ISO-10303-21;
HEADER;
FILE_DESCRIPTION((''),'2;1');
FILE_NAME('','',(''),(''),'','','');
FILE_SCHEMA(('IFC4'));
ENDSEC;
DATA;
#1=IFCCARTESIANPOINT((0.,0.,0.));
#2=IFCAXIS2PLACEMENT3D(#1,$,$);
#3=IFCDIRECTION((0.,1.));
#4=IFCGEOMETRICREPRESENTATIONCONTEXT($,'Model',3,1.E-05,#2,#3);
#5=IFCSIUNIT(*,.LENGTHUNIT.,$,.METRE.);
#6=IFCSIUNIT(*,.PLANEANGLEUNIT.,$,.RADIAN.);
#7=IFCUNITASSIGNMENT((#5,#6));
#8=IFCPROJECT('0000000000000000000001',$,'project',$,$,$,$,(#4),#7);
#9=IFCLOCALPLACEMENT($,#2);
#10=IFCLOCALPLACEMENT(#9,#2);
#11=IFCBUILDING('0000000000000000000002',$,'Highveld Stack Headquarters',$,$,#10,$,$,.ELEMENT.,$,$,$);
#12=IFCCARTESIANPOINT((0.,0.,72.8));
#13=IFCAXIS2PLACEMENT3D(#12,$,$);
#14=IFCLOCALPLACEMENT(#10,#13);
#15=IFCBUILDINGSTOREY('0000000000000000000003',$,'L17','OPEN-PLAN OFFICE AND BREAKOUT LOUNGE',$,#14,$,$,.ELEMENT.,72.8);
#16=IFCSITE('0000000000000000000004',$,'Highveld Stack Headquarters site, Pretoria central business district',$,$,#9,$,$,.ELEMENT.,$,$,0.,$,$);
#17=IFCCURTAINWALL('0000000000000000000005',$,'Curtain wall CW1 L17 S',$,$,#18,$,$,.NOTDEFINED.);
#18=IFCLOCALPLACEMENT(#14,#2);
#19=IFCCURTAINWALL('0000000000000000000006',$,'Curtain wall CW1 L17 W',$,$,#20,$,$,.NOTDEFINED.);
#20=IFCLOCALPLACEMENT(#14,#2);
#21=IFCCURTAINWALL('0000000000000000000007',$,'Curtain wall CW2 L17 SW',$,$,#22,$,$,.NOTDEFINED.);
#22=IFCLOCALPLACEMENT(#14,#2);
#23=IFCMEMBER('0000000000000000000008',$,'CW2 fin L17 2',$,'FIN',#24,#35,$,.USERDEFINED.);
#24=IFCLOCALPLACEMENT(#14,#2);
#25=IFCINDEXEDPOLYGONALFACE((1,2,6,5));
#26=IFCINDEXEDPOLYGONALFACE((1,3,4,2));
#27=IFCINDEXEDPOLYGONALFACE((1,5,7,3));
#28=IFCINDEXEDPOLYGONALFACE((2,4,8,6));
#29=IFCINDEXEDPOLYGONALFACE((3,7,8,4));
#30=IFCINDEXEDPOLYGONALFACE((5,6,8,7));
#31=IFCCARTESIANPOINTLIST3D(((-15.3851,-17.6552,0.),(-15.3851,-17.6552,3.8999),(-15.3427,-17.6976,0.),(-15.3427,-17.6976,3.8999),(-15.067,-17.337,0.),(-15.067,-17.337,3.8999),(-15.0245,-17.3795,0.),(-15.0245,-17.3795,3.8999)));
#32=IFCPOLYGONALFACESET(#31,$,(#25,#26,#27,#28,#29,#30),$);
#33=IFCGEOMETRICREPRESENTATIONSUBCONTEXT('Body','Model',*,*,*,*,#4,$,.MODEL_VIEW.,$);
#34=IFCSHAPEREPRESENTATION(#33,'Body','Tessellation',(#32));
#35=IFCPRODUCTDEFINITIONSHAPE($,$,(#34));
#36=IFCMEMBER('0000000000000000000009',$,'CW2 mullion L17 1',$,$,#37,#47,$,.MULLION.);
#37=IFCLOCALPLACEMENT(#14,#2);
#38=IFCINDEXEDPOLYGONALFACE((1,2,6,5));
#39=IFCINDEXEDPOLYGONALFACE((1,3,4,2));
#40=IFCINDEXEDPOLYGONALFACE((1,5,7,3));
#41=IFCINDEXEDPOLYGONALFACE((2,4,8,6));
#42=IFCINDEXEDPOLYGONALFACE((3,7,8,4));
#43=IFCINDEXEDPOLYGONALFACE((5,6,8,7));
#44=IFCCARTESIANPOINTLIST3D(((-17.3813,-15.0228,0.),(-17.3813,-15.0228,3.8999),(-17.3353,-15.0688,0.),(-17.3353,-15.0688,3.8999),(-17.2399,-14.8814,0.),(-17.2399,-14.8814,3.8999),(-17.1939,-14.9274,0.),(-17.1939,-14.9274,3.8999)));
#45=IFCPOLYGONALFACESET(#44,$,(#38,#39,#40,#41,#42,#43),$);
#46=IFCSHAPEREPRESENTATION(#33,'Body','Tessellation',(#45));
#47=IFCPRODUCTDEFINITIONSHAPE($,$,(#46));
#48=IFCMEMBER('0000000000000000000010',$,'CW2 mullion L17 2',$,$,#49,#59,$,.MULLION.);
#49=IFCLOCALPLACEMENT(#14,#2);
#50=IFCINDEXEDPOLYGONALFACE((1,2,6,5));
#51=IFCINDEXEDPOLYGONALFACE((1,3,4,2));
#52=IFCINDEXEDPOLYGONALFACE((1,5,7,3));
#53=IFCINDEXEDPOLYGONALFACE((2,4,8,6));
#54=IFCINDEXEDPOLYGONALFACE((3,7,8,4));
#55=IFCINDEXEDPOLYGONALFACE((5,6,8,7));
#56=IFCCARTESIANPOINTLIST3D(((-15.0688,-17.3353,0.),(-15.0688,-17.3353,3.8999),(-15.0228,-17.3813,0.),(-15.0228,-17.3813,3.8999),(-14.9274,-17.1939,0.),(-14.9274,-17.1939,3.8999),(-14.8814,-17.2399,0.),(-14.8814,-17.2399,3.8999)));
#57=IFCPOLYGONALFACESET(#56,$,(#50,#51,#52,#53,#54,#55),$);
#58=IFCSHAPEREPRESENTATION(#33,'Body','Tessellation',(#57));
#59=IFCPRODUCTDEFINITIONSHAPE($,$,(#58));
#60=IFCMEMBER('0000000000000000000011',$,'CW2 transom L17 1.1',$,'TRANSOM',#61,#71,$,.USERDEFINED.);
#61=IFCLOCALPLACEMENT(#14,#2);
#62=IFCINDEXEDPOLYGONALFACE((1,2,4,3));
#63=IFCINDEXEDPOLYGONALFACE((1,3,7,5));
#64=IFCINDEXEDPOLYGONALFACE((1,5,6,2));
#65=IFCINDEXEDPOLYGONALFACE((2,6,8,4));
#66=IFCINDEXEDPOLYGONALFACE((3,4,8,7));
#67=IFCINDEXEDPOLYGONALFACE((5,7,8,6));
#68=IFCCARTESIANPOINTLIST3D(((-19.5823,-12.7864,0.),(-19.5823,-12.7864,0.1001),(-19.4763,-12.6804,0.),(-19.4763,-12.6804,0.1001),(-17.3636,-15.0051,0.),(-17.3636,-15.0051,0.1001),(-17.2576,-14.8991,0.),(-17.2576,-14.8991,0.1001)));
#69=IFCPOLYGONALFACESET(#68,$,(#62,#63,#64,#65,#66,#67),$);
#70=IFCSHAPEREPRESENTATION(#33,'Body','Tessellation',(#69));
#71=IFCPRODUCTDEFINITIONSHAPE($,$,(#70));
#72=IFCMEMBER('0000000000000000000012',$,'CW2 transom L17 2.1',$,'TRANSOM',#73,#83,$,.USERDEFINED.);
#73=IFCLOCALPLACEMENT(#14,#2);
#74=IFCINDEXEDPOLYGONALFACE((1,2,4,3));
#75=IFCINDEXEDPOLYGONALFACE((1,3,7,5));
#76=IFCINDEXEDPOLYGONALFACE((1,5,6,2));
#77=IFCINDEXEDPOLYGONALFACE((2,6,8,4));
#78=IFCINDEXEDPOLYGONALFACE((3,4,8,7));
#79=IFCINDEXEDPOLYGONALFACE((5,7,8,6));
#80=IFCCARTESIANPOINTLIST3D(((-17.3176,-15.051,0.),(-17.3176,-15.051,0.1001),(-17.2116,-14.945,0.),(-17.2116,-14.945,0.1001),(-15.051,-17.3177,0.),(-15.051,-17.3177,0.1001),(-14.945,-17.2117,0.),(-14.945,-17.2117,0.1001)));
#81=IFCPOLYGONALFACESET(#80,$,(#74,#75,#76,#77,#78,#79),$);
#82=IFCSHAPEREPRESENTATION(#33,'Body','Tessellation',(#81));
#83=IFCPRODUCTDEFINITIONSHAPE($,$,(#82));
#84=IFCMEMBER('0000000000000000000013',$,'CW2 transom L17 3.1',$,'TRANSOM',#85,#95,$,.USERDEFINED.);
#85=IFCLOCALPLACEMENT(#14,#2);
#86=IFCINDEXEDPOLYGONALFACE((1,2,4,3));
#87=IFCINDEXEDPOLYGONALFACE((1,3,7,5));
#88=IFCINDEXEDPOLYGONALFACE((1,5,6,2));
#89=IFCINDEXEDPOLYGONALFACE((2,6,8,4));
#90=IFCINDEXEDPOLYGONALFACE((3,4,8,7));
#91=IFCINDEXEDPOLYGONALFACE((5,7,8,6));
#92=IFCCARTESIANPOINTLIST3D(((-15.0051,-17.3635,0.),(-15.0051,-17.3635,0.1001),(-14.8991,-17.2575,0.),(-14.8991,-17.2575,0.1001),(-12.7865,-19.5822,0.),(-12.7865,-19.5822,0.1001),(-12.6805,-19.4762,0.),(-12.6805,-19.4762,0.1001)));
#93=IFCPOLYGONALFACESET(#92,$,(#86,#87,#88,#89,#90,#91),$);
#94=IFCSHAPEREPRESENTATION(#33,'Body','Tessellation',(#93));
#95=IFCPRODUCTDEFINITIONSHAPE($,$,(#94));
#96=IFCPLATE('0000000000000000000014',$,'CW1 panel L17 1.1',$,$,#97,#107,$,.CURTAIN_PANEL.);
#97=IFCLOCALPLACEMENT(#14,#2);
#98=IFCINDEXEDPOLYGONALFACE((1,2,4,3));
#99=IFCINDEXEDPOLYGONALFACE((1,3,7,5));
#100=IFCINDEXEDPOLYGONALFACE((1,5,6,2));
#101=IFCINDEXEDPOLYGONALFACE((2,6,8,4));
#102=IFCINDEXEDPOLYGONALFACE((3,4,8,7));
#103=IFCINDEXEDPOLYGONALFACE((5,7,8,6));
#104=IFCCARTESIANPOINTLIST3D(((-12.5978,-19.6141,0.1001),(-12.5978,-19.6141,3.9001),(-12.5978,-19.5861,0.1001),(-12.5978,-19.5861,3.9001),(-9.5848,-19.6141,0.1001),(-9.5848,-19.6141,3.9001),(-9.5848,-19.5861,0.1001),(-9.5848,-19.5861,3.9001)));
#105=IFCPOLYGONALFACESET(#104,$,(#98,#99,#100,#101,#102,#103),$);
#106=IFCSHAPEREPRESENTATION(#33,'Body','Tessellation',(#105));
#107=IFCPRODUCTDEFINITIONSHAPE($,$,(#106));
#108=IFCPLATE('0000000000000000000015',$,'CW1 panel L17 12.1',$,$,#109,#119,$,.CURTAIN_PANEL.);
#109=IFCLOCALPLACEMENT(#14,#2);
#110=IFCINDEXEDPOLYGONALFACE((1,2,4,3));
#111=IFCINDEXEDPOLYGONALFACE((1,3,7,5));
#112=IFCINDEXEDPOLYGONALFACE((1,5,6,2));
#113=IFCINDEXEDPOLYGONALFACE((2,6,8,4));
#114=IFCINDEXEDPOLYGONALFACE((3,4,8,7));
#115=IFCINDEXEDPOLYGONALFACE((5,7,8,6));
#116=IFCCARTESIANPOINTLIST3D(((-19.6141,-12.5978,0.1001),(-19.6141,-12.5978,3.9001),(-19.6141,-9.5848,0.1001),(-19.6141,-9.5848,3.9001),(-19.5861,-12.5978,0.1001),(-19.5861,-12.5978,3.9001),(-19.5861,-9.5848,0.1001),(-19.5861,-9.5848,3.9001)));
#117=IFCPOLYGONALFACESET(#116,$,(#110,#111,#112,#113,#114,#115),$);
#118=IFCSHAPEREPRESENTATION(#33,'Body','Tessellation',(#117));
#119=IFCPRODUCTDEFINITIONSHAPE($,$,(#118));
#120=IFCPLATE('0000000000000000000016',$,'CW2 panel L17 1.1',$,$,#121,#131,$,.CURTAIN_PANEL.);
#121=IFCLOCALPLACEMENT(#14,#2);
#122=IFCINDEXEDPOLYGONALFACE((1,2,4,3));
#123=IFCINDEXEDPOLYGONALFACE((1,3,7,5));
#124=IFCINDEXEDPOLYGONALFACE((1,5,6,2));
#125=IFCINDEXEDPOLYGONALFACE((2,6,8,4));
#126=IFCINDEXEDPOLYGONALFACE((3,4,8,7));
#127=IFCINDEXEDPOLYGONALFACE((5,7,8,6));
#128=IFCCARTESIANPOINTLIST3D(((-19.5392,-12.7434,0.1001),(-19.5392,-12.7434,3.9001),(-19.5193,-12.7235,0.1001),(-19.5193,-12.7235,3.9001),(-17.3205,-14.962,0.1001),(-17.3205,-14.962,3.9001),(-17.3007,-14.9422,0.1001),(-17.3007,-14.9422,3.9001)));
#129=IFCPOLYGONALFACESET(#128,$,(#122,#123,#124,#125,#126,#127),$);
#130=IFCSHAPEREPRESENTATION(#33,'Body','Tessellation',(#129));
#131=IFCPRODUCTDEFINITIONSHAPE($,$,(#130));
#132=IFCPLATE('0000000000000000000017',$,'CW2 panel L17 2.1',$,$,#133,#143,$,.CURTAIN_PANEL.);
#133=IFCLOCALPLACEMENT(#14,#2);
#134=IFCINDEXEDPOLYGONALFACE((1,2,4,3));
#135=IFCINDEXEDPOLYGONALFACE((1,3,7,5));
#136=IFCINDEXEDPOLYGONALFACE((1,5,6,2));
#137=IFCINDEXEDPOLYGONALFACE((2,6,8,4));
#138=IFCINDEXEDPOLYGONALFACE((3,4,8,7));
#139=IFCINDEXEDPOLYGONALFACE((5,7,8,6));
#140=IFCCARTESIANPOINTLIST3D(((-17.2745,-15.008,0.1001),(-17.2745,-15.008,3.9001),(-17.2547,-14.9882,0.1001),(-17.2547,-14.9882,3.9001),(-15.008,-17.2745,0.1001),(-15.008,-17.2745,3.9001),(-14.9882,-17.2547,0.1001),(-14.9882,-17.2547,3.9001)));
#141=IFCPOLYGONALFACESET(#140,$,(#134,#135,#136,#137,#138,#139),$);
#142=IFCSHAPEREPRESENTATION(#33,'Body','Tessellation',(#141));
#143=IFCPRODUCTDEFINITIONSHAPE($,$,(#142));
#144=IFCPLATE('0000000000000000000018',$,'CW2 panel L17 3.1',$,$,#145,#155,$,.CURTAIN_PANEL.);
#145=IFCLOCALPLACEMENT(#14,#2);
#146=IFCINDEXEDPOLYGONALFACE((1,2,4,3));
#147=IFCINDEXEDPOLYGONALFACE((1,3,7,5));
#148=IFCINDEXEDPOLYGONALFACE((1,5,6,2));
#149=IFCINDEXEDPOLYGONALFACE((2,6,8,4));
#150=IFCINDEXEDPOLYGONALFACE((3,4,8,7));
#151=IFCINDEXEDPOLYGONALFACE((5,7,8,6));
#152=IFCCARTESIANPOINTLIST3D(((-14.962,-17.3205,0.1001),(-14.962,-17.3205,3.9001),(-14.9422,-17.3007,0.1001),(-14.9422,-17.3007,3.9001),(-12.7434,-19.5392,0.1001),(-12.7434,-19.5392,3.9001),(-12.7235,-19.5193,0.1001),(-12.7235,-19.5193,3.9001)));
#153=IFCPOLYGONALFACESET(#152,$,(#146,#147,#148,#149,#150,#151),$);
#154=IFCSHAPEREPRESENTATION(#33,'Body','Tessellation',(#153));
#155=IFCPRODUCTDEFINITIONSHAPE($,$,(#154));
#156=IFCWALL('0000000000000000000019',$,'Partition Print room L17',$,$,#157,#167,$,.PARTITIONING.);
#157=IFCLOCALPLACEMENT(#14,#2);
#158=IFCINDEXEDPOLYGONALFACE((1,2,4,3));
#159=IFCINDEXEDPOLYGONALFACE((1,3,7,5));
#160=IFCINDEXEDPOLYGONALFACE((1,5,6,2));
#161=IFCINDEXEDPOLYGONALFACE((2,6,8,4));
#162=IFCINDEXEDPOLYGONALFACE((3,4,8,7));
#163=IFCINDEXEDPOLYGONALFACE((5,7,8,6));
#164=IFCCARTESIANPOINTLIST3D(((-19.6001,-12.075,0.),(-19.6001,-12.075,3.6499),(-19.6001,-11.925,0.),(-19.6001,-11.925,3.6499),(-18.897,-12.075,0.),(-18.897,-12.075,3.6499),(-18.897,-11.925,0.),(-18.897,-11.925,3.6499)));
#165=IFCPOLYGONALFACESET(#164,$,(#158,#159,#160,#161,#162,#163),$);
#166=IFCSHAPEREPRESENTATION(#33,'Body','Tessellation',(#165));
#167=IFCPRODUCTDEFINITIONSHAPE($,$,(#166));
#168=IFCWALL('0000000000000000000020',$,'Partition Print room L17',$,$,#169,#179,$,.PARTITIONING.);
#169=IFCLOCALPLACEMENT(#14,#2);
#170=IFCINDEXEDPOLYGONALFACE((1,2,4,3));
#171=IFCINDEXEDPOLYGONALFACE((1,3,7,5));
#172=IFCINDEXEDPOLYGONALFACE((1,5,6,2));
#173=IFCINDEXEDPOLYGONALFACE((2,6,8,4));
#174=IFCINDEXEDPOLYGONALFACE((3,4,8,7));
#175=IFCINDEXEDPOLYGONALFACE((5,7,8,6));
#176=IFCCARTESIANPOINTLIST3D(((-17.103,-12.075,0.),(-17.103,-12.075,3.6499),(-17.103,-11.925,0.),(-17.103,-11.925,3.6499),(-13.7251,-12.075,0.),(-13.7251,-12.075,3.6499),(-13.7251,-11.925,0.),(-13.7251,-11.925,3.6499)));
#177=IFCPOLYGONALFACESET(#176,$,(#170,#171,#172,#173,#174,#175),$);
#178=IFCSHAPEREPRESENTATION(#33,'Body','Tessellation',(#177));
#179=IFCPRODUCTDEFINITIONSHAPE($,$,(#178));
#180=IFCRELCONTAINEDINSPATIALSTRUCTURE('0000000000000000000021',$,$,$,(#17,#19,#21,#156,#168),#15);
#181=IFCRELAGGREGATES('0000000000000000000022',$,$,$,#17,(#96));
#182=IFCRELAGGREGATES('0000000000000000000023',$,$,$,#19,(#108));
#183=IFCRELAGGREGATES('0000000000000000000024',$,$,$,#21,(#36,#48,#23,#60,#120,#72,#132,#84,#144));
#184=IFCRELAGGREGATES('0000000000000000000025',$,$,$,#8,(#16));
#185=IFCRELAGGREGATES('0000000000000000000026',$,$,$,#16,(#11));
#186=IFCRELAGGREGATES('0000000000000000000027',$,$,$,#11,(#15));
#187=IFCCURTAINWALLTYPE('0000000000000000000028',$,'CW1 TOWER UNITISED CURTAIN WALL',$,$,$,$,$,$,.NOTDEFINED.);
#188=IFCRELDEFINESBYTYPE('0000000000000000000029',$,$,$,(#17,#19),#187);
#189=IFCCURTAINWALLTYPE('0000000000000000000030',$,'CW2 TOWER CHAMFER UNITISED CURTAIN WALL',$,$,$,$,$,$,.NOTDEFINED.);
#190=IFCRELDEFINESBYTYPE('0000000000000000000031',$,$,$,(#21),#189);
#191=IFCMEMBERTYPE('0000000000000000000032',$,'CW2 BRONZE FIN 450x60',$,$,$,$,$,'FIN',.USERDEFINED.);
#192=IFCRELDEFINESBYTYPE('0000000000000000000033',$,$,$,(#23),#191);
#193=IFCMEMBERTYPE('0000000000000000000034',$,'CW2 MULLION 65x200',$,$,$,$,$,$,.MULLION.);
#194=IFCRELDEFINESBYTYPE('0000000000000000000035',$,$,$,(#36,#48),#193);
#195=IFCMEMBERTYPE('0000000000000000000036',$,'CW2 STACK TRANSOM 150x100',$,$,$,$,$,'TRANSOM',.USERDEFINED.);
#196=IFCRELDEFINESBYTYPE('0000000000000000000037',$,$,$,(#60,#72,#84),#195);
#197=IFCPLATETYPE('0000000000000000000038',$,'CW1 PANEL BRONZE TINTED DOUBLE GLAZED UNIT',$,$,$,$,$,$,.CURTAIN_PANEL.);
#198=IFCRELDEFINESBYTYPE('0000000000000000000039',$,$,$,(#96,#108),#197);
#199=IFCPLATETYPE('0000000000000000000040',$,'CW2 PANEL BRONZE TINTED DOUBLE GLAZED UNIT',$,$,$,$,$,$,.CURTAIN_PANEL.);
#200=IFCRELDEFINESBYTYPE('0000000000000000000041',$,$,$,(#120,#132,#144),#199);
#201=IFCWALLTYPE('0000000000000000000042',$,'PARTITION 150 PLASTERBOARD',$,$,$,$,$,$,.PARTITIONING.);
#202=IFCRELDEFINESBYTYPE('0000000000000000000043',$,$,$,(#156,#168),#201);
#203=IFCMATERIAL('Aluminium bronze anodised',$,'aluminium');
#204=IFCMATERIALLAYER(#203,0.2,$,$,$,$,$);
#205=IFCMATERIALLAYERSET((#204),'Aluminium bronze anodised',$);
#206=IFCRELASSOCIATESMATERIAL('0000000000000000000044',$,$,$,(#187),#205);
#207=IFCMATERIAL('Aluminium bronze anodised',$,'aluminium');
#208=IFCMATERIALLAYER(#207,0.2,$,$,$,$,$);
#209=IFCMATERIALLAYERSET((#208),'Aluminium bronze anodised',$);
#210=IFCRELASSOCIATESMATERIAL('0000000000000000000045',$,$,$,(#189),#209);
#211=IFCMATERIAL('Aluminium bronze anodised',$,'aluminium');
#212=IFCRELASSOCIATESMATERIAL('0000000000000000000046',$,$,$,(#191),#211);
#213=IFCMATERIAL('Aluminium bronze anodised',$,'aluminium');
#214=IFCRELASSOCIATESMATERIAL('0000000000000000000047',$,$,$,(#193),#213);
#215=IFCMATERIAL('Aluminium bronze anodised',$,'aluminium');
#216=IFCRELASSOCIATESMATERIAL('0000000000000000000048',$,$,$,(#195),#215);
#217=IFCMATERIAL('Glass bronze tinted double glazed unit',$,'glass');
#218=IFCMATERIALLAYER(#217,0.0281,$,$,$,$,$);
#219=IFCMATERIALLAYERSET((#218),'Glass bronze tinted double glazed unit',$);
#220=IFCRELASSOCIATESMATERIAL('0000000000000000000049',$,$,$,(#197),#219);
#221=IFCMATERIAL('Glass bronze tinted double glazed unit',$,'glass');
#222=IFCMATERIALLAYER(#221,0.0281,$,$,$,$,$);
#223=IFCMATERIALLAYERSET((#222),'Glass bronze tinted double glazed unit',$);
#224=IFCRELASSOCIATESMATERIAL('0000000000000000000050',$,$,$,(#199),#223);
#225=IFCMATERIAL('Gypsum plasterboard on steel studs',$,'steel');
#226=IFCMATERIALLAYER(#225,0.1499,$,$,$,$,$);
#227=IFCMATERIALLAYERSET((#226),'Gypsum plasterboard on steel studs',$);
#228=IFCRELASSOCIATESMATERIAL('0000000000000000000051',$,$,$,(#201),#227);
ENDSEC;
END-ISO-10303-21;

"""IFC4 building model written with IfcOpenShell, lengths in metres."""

from ifc_helpers import new_model, si_unit, direction, frame, frame_2d, origin, origin_2d, place, context, subcontext, project, spatial, rectangle, extrude, material, layer, layer_set, material_profile, profile_set, type_object, element, aggregate, save


model = new_model("IFC4")

# Units and contexts
model_context = context("Model", 3, precision=1e-05, world=origin(), true_north=direction((0.0, 1.0)))
body_context = subcontext(model_context, "Body", "Model", "MODEL_VIEW")
ifc_project = project(units=[si_unit("LENGTHUNIT", "METRE"), si_unit("PLANEANGLEUNIT", "RADIAN")], contexts=[model_context])

# Site, building, storey
site_placement = place(None, origin())
site = spatial("IfcSite", under=ifc_project, at=site_placement, Name="Highveld Stack Headquarters site, Pretoria central business district", CompositionType="ELEMENT", RefElevation=0.0)
building_placement = place(site_placement, origin())
building = spatial("IfcBuilding", under=site, at=building_placement, Name="Highveld Stack Headquarters", CompositionType="ELEMENT")
storey_placement = place(building_placement, frame((0.0, 0.0, 72.8)))
storey = spatial("IfcBuildingStorey", under=building, at=storey_placement, Name="L17", Description="OPEN-PLAN OFFICE AND BREAKOUT LOUNGE", CompositionType="ELEMENT", Elevation=72.8)

# Curtain walls
ifc_material_1 = material(Name="Aluminium bronze anodised", Category="aluminium")
ifc_layer_1 = layer(ifc_material_1, 0.2)
ifc_layer_set_1 = layer_set([ifc_layer_1], Name="Aluminium bronze anodised")
curtain_wall_type_1 = type_object("IfcCurtainWallType", Name="CW1 TOWER UNITISED CURTAIN WALL", PredefinedType="NOTDEFINED", material=ifc_layer_set_1)
curtain_wall_1_placement = place(storey_placement, origin())
curtain_wall_1 = element("IfcCurtainWall", 1, at=curtain_wall_1_placement, inside=storey, type_object=curtain_wall_type_1, Name="Curtain wall CW1 L17 S", PredefinedType="NOTDEFINED")
curtain_wall_2_placement = place(storey_placement, origin())
curtain_wall_2 = element("IfcCurtainWall", 2, at=curtain_wall_2_placement, inside=storey, type_object=curtain_wall_type_1, Name="Curtain wall CW1 L17 W", PredefinedType="NOTDEFINED")

# Curtain wall, members
ifc_material_2 = material(Name="Aluminium bronze anodised", Category="aluminium")
ifc_layer_2 = layer(ifc_material_2, 0.2)
ifc_layer_set_2 = layer_set([ifc_layer_2], Name="Aluminium bronze anodised")
curtain_wall_type_2 = type_object("IfcCurtainWallType", Name="CW2 TOWER CHAMFER UNITISED CURTAIN WALL", PredefinedType="NOTDEFINED", material=ifc_layer_set_2)
curtain_wall_3_placement = place(storey_placement, origin())
curtain_wall_3 = element("IfcCurtainWall", 3, at=curtain_wall_3_placement, inside=storey, type_object=curtain_wall_type_2, Name="Curtain wall CW2 L17 SW", PredefinedType="NOTDEFINED")
ifc_material_3 = material(Name="Aluminium bronze anodised", Category="aluminium")
ifc_material_profile_1 = material_profile(ifc_material_3, rectangle(XDim=0.45, YDim=0.0601, at=origin_2d()), Name="FIN 450x60")
ifc_profile_set_1 = profile_set([ifc_material_profile_1], Name="Aluminium bronze anodised")
member_type_1 = type_object("IfcMemberType", Name="CW2 BRONZE FIN 450x60", ElementType="FIN", PredefinedType="USERDEFINED", material=ifc_profile_set_1)
member_1_placement = place(storey_placement, frame((-15.2048, -17.5173, 0.0), z_axis=(0.0, 0.0, 1.0), x_axis=(0.707107, 0.707107, 0.0)))
member_1 = element("IfcMember", 4, at=member_1_placement, type_object=member_type_1, Name="CW2 fin L17 2", ObjectType="FIN", PredefinedType="USERDEFINED", context=body_context, shape_type="SweptSolid", body=[
    extrude(rectangle(XDim=0.45, YDim=0.0601, at=origin_2d()), origin(), (0.0, 0.0, 1.0), 3.8999),
])
ifc_material_4 = material(Name="Aluminium bronze anodised", Category="aluminium")
ifc_material_profile_2 = material_profile(ifc_material_4, rectangle(XDim=0.2, YDim=0.0649, at=origin_2d()), Name="CW2 MULLION 65x200")
ifc_profile_set_2 = profile_set([ifc_material_profile_2], Name="Aluminium bronze anodised")
member_type_2 = type_object("IfcMemberType", Name="CW2 MULLION 65x200", PredefinedType="MULLION", material=ifc_profile_set_2)
member_2_placement = place(storey_placement, frame((-17.2876, -14.9751, 0.0), z_axis=(0.0, 0.0, 1.0), x_axis=(0.707107, 0.707107, 0.0)))
member_2 = element("IfcMember", 5, at=member_2_placement, type_object=member_type_2, Name="CW2 mullion L17 1", PredefinedType="MULLION", context=body_context, shape_type="SweptSolid", body=[
    extrude(rectangle(XDim=0.2, YDim=0.0649, at=origin_2d()), origin(), (0.0, 0.0, 1.0), 3.8999),
])
member_3_placement = place(storey_placement, frame((-14.9751, -17.2876, 0.0), z_axis=(0.0, 0.0, 1.0), x_axis=(0.707107, 0.707107, 0.0)))
member_3 = element("IfcMember", 6, at=member_3_placement, type_object=member_type_2, Name="CW2 mullion L17 2", PredefinedType="MULLION", context=body_context, shape_type="SweptSolid", body=[
    extrude(rectangle(XDim=0.2, YDim=0.0649, at=origin_2d()), origin(), (0.0, 0.0, 1.0), 3.8999),
])
ifc_material_5 = material(Name="Aluminium bronze anodised", Category="aluminium")
ifc_material_profile_3 = material_profile(ifc_material_5, rectangle(XDim=0.1499, YDim=0.1001, at=origin_2d()), Name="CW2 TRANSOM 150x100")
ifc_profile_set_3 = profile_set([ifc_material_profile_3], Name="Aluminium bronze anodised")
member_type_3 = type_object("IfcMemberType", Name="CW2 STACK TRANSOM 150x100", ElementType="TRANSOM", PredefinedType="USERDEFINED", material=ifc_profile_set_3)
member_4_placement = place(storey_placement, frame((-19.5293, -12.7334, 0.05), z_axis=(0.707107, -0.707107, 0.0), x_axis=(0.707107, 0.707107, 0.0)))
member_4 = element("IfcMember", 7, at=member_4_placement, type_object=member_type_3, Name="CW2 transom L17 1.1", ObjectType="TRANSOM", PredefinedType="USERDEFINED", context=body_context, shape_type="SweptSolid", body=[
    extrude(rectangle(XDim=0.1499, YDim=0.1001, at=origin_2d()), origin(), (0.0, 0.0, 1.0), 3.1377),
])
member_5_placement = place(storey_placement, frame((-17.2646, -14.998, 0.05), z_axis=(0.707107, -0.707107, 0.0), x_axis=(0.707107, 0.707107, 0.0)))
member_5 = element("IfcMember", 8, at=member_5_placement, type_object=member_type_3, Name="CW2 transom L17 2.1", ObjectType="TRANSOM", PredefinedType="USERDEFINED", context=body_context, shape_type="SweptSolid", body=[
    extrude(rectangle(XDim=0.1499, YDim=0.1001, at=origin_2d()), origin(), (0.0, 0.0, 1.0), 3.2056),
])
member_6_placement = place(storey_placement, frame((-14.9521, -17.3105, 0.05), z_axis=(0.707107, -0.707107, 0.0), x_axis=(0.707107, 0.707107, 0.0)))
member_6 = element("IfcMember", 9, at=member_6_placement, type_object=member_type_3, Name="CW2 transom L17 3.1", ObjectType="TRANSOM", PredefinedType="USERDEFINED", context=body_context, shape_type="SweptSolid", body=[
    extrude(rectangle(XDim=0.1499, YDim=0.1001, at=origin_2d()), origin(), (0.0, 0.0, 1.0), 3.1377),
])

# Plates
ifc_material_6 = material(Name="Glass bronze tinted double glazed unit", Category="glass")
ifc_layer_3 = layer(ifc_material_6, 0.0281)
ifc_layer_set_3 = layer_set([ifc_layer_3], Name="Glass bronze tinted double glazed unit")
plate_type_1 = type_object("IfcPlateType", Name="CW1 PANEL BRONZE TINTED DOUBLE GLAZED UNIT", PredefinedType="CURTAIN_PANEL", material=ifc_layer_set_3)
plate_1_placement = place(storey_placement, frame((-11.0913, -19.6001, 0.1001), z_axis=(0.0, 0.0, 1.0), x_axis=(1.0, 0.0, 0.0)))
plate_1 = element("IfcPlate", 10, at=plate_1_placement, type_object=plate_type_1, Name="CW1 panel L17 1.1", PredefinedType="CURTAIN_PANEL", context=body_context, shape_type="SweptSolid", body=[
    extrude(rectangle(XDim=3.0129, YDim=0.0281, at=origin_2d()), origin(), (0.0, 0.0, 1.0), 3.8),
])
aggregate(curtain_wall_1, [plate_1])
plate_2_placement = place(storey_placement, frame((-19.6001, -11.0913, 0.1001), z_axis=(0.0, 0.0, 1.0), x_axis=(0.0, -1.0, 0.0)))
plate_2 = element("IfcPlate", 11, at=plate_2_placement, type_object=plate_type_1, Name="CW1 panel L17 12.1", PredefinedType="CURTAIN_PANEL", context=body_context, shape_type="SweptSolid", body=[
    extrude(rectangle(XDim=3.0129, YDim=0.0281, at=origin_2d()), origin(), (0.0, 0.0, 1.0), 3.8),
])
aggregate(curtain_wall_2, [plate_2])
ifc_material_7 = material(Name="Glass bronze tinted double glazed unit", Category="glass")
ifc_layer_4 = layer(ifc_material_7, 0.0281)
ifc_layer_set_4 = layer_set([ifc_layer_4], Name="Glass bronze tinted double glazed unit")
plate_type_2 = type_object("IfcPlateType", Name="CW2 PANEL BRONZE TINTED DOUBLE GLAZED UNIT", PredefinedType="CURTAIN_PANEL", material=ifc_layer_set_4)
plate_3_placement = place(storey_placement, frame((-18.4199, -13.8428, 0.1001), z_axis=(0.0, 0.0, 1.0), x_axis=(0.707107, -0.707107, 0.0)))
plate_3 = element("IfcPlate", 12, at=plate_3_placement, type_object=plate_type_2, Name="CW2 panel L17 1.1", PredefinedType="CURTAIN_PANEL", context=body_context, shape_type="SweptSolid", body=[
    extrude(rectangle(XDim=3.1377, YDim=0.0281, at=origin_2d()), origin(), (0.0, 0.0, 1.0), 3.8),
])
plate_4_placement = place(storey_placement, frame((-16.1313, -16.1313, 0.1001), z_axis=(0.0, 0.0, 1.0), x_axis=(0.707107, -0.707107, 0.0)))
plate_4 = element("IfcPlate", 13, at=plate_4_placement, type_object=plate_type_2, Name="CW2 panel L17 2.1", PredefinedType="CURTAIN_PANEL", context=body_context, shape_type="SweptSolid", body=[
    extrude(rectangle(XDim=3.2053, YDim=0.0281, at=origin_2d()), origin(), (0.0, 0.0, 1.0), 3.8),
])
plate_5_placement = place(storey_placement, frame((-13.8428, -18.4199, 0.1001), z_axis=(0.0, 0.0, 1.0), x_axis=(0.707107, -0.707107, 0.0)))
plate_5 = element("IfcPlate", 14, at=plate_5_placement, type_object=plate_type_2, Name="CW2 panel L17 3.1", PredefinedType="CURTAIN_PANEL", context=body_context, shape_type="SweptSolid", body=[
    extrude(rectangle(XDim=3.1377, YDim=0.0281, at=origin_2d()), origin(), (0.0, 0.0, 1.0), 3.8),
])
aggregate(curtain_wall_3, [member_2, member_3, member_1, member_4, plate_3, member_5, plate_4, member_6, plate_5])

# Walls
ifc_material_8 = material(Name="Gypsum plasterboard on steel studs", Category="steel")
ifc_layer_5 = layer(ifc_material_8, 0.1499)
ifc_layer_set_5 = layer_set([ifc_layer_5], Name="Gypsum plasterboard on steel studs")
wall_type = type_object("IfcWallType", Name="PARTITION 150 PLASTERBOARD", PredefinedType="PARTITIONING", material=ifc_layer_set_5)
wall_1_placement = place(storey_placement, frame((-19.6001, -12.0, 0.0), z_axis=(0.0, 0.0, 1.0), x_axis=(1.0, 0.0, 0.0)))
element("IfcWall", 15, at=wall_1_placement, inside=storey, type_object=wall_type, Name="Partition Print room L17", PredefinedType="PARTITIONING", context=body_context, shape_type="SweptSolid", body=[
    extrude(rectangle(XDim=0.7031, YDim=0.1499, at=frame_2d((0.3516, 0.0))), origin(), (0.0, 0.0, 1.0), 3.6499),
])
wall_2_placement = place(storey_placement, frame((-17.103, -12.0, 0.0), z_axis=(0.0, 0.0, 1.0), x_axis=(1.0, 0.0, 0.0)))
element("IfcWall", 16, at=wall_2_placement, inside=storey, type_object=wall_type, Name="Partition Print room L17", PredefinedType="PARTITIONING", context=body_context, shape_type="SweptSolid", body=[
    extrude(rectangle(XDim=3.3779, YDim=0.1499, at=frame_2d((1.689, 0.0))), origin(), (0.0, 0.0, 1.0), 3.6499),
])

save(model, "model.ifc")
